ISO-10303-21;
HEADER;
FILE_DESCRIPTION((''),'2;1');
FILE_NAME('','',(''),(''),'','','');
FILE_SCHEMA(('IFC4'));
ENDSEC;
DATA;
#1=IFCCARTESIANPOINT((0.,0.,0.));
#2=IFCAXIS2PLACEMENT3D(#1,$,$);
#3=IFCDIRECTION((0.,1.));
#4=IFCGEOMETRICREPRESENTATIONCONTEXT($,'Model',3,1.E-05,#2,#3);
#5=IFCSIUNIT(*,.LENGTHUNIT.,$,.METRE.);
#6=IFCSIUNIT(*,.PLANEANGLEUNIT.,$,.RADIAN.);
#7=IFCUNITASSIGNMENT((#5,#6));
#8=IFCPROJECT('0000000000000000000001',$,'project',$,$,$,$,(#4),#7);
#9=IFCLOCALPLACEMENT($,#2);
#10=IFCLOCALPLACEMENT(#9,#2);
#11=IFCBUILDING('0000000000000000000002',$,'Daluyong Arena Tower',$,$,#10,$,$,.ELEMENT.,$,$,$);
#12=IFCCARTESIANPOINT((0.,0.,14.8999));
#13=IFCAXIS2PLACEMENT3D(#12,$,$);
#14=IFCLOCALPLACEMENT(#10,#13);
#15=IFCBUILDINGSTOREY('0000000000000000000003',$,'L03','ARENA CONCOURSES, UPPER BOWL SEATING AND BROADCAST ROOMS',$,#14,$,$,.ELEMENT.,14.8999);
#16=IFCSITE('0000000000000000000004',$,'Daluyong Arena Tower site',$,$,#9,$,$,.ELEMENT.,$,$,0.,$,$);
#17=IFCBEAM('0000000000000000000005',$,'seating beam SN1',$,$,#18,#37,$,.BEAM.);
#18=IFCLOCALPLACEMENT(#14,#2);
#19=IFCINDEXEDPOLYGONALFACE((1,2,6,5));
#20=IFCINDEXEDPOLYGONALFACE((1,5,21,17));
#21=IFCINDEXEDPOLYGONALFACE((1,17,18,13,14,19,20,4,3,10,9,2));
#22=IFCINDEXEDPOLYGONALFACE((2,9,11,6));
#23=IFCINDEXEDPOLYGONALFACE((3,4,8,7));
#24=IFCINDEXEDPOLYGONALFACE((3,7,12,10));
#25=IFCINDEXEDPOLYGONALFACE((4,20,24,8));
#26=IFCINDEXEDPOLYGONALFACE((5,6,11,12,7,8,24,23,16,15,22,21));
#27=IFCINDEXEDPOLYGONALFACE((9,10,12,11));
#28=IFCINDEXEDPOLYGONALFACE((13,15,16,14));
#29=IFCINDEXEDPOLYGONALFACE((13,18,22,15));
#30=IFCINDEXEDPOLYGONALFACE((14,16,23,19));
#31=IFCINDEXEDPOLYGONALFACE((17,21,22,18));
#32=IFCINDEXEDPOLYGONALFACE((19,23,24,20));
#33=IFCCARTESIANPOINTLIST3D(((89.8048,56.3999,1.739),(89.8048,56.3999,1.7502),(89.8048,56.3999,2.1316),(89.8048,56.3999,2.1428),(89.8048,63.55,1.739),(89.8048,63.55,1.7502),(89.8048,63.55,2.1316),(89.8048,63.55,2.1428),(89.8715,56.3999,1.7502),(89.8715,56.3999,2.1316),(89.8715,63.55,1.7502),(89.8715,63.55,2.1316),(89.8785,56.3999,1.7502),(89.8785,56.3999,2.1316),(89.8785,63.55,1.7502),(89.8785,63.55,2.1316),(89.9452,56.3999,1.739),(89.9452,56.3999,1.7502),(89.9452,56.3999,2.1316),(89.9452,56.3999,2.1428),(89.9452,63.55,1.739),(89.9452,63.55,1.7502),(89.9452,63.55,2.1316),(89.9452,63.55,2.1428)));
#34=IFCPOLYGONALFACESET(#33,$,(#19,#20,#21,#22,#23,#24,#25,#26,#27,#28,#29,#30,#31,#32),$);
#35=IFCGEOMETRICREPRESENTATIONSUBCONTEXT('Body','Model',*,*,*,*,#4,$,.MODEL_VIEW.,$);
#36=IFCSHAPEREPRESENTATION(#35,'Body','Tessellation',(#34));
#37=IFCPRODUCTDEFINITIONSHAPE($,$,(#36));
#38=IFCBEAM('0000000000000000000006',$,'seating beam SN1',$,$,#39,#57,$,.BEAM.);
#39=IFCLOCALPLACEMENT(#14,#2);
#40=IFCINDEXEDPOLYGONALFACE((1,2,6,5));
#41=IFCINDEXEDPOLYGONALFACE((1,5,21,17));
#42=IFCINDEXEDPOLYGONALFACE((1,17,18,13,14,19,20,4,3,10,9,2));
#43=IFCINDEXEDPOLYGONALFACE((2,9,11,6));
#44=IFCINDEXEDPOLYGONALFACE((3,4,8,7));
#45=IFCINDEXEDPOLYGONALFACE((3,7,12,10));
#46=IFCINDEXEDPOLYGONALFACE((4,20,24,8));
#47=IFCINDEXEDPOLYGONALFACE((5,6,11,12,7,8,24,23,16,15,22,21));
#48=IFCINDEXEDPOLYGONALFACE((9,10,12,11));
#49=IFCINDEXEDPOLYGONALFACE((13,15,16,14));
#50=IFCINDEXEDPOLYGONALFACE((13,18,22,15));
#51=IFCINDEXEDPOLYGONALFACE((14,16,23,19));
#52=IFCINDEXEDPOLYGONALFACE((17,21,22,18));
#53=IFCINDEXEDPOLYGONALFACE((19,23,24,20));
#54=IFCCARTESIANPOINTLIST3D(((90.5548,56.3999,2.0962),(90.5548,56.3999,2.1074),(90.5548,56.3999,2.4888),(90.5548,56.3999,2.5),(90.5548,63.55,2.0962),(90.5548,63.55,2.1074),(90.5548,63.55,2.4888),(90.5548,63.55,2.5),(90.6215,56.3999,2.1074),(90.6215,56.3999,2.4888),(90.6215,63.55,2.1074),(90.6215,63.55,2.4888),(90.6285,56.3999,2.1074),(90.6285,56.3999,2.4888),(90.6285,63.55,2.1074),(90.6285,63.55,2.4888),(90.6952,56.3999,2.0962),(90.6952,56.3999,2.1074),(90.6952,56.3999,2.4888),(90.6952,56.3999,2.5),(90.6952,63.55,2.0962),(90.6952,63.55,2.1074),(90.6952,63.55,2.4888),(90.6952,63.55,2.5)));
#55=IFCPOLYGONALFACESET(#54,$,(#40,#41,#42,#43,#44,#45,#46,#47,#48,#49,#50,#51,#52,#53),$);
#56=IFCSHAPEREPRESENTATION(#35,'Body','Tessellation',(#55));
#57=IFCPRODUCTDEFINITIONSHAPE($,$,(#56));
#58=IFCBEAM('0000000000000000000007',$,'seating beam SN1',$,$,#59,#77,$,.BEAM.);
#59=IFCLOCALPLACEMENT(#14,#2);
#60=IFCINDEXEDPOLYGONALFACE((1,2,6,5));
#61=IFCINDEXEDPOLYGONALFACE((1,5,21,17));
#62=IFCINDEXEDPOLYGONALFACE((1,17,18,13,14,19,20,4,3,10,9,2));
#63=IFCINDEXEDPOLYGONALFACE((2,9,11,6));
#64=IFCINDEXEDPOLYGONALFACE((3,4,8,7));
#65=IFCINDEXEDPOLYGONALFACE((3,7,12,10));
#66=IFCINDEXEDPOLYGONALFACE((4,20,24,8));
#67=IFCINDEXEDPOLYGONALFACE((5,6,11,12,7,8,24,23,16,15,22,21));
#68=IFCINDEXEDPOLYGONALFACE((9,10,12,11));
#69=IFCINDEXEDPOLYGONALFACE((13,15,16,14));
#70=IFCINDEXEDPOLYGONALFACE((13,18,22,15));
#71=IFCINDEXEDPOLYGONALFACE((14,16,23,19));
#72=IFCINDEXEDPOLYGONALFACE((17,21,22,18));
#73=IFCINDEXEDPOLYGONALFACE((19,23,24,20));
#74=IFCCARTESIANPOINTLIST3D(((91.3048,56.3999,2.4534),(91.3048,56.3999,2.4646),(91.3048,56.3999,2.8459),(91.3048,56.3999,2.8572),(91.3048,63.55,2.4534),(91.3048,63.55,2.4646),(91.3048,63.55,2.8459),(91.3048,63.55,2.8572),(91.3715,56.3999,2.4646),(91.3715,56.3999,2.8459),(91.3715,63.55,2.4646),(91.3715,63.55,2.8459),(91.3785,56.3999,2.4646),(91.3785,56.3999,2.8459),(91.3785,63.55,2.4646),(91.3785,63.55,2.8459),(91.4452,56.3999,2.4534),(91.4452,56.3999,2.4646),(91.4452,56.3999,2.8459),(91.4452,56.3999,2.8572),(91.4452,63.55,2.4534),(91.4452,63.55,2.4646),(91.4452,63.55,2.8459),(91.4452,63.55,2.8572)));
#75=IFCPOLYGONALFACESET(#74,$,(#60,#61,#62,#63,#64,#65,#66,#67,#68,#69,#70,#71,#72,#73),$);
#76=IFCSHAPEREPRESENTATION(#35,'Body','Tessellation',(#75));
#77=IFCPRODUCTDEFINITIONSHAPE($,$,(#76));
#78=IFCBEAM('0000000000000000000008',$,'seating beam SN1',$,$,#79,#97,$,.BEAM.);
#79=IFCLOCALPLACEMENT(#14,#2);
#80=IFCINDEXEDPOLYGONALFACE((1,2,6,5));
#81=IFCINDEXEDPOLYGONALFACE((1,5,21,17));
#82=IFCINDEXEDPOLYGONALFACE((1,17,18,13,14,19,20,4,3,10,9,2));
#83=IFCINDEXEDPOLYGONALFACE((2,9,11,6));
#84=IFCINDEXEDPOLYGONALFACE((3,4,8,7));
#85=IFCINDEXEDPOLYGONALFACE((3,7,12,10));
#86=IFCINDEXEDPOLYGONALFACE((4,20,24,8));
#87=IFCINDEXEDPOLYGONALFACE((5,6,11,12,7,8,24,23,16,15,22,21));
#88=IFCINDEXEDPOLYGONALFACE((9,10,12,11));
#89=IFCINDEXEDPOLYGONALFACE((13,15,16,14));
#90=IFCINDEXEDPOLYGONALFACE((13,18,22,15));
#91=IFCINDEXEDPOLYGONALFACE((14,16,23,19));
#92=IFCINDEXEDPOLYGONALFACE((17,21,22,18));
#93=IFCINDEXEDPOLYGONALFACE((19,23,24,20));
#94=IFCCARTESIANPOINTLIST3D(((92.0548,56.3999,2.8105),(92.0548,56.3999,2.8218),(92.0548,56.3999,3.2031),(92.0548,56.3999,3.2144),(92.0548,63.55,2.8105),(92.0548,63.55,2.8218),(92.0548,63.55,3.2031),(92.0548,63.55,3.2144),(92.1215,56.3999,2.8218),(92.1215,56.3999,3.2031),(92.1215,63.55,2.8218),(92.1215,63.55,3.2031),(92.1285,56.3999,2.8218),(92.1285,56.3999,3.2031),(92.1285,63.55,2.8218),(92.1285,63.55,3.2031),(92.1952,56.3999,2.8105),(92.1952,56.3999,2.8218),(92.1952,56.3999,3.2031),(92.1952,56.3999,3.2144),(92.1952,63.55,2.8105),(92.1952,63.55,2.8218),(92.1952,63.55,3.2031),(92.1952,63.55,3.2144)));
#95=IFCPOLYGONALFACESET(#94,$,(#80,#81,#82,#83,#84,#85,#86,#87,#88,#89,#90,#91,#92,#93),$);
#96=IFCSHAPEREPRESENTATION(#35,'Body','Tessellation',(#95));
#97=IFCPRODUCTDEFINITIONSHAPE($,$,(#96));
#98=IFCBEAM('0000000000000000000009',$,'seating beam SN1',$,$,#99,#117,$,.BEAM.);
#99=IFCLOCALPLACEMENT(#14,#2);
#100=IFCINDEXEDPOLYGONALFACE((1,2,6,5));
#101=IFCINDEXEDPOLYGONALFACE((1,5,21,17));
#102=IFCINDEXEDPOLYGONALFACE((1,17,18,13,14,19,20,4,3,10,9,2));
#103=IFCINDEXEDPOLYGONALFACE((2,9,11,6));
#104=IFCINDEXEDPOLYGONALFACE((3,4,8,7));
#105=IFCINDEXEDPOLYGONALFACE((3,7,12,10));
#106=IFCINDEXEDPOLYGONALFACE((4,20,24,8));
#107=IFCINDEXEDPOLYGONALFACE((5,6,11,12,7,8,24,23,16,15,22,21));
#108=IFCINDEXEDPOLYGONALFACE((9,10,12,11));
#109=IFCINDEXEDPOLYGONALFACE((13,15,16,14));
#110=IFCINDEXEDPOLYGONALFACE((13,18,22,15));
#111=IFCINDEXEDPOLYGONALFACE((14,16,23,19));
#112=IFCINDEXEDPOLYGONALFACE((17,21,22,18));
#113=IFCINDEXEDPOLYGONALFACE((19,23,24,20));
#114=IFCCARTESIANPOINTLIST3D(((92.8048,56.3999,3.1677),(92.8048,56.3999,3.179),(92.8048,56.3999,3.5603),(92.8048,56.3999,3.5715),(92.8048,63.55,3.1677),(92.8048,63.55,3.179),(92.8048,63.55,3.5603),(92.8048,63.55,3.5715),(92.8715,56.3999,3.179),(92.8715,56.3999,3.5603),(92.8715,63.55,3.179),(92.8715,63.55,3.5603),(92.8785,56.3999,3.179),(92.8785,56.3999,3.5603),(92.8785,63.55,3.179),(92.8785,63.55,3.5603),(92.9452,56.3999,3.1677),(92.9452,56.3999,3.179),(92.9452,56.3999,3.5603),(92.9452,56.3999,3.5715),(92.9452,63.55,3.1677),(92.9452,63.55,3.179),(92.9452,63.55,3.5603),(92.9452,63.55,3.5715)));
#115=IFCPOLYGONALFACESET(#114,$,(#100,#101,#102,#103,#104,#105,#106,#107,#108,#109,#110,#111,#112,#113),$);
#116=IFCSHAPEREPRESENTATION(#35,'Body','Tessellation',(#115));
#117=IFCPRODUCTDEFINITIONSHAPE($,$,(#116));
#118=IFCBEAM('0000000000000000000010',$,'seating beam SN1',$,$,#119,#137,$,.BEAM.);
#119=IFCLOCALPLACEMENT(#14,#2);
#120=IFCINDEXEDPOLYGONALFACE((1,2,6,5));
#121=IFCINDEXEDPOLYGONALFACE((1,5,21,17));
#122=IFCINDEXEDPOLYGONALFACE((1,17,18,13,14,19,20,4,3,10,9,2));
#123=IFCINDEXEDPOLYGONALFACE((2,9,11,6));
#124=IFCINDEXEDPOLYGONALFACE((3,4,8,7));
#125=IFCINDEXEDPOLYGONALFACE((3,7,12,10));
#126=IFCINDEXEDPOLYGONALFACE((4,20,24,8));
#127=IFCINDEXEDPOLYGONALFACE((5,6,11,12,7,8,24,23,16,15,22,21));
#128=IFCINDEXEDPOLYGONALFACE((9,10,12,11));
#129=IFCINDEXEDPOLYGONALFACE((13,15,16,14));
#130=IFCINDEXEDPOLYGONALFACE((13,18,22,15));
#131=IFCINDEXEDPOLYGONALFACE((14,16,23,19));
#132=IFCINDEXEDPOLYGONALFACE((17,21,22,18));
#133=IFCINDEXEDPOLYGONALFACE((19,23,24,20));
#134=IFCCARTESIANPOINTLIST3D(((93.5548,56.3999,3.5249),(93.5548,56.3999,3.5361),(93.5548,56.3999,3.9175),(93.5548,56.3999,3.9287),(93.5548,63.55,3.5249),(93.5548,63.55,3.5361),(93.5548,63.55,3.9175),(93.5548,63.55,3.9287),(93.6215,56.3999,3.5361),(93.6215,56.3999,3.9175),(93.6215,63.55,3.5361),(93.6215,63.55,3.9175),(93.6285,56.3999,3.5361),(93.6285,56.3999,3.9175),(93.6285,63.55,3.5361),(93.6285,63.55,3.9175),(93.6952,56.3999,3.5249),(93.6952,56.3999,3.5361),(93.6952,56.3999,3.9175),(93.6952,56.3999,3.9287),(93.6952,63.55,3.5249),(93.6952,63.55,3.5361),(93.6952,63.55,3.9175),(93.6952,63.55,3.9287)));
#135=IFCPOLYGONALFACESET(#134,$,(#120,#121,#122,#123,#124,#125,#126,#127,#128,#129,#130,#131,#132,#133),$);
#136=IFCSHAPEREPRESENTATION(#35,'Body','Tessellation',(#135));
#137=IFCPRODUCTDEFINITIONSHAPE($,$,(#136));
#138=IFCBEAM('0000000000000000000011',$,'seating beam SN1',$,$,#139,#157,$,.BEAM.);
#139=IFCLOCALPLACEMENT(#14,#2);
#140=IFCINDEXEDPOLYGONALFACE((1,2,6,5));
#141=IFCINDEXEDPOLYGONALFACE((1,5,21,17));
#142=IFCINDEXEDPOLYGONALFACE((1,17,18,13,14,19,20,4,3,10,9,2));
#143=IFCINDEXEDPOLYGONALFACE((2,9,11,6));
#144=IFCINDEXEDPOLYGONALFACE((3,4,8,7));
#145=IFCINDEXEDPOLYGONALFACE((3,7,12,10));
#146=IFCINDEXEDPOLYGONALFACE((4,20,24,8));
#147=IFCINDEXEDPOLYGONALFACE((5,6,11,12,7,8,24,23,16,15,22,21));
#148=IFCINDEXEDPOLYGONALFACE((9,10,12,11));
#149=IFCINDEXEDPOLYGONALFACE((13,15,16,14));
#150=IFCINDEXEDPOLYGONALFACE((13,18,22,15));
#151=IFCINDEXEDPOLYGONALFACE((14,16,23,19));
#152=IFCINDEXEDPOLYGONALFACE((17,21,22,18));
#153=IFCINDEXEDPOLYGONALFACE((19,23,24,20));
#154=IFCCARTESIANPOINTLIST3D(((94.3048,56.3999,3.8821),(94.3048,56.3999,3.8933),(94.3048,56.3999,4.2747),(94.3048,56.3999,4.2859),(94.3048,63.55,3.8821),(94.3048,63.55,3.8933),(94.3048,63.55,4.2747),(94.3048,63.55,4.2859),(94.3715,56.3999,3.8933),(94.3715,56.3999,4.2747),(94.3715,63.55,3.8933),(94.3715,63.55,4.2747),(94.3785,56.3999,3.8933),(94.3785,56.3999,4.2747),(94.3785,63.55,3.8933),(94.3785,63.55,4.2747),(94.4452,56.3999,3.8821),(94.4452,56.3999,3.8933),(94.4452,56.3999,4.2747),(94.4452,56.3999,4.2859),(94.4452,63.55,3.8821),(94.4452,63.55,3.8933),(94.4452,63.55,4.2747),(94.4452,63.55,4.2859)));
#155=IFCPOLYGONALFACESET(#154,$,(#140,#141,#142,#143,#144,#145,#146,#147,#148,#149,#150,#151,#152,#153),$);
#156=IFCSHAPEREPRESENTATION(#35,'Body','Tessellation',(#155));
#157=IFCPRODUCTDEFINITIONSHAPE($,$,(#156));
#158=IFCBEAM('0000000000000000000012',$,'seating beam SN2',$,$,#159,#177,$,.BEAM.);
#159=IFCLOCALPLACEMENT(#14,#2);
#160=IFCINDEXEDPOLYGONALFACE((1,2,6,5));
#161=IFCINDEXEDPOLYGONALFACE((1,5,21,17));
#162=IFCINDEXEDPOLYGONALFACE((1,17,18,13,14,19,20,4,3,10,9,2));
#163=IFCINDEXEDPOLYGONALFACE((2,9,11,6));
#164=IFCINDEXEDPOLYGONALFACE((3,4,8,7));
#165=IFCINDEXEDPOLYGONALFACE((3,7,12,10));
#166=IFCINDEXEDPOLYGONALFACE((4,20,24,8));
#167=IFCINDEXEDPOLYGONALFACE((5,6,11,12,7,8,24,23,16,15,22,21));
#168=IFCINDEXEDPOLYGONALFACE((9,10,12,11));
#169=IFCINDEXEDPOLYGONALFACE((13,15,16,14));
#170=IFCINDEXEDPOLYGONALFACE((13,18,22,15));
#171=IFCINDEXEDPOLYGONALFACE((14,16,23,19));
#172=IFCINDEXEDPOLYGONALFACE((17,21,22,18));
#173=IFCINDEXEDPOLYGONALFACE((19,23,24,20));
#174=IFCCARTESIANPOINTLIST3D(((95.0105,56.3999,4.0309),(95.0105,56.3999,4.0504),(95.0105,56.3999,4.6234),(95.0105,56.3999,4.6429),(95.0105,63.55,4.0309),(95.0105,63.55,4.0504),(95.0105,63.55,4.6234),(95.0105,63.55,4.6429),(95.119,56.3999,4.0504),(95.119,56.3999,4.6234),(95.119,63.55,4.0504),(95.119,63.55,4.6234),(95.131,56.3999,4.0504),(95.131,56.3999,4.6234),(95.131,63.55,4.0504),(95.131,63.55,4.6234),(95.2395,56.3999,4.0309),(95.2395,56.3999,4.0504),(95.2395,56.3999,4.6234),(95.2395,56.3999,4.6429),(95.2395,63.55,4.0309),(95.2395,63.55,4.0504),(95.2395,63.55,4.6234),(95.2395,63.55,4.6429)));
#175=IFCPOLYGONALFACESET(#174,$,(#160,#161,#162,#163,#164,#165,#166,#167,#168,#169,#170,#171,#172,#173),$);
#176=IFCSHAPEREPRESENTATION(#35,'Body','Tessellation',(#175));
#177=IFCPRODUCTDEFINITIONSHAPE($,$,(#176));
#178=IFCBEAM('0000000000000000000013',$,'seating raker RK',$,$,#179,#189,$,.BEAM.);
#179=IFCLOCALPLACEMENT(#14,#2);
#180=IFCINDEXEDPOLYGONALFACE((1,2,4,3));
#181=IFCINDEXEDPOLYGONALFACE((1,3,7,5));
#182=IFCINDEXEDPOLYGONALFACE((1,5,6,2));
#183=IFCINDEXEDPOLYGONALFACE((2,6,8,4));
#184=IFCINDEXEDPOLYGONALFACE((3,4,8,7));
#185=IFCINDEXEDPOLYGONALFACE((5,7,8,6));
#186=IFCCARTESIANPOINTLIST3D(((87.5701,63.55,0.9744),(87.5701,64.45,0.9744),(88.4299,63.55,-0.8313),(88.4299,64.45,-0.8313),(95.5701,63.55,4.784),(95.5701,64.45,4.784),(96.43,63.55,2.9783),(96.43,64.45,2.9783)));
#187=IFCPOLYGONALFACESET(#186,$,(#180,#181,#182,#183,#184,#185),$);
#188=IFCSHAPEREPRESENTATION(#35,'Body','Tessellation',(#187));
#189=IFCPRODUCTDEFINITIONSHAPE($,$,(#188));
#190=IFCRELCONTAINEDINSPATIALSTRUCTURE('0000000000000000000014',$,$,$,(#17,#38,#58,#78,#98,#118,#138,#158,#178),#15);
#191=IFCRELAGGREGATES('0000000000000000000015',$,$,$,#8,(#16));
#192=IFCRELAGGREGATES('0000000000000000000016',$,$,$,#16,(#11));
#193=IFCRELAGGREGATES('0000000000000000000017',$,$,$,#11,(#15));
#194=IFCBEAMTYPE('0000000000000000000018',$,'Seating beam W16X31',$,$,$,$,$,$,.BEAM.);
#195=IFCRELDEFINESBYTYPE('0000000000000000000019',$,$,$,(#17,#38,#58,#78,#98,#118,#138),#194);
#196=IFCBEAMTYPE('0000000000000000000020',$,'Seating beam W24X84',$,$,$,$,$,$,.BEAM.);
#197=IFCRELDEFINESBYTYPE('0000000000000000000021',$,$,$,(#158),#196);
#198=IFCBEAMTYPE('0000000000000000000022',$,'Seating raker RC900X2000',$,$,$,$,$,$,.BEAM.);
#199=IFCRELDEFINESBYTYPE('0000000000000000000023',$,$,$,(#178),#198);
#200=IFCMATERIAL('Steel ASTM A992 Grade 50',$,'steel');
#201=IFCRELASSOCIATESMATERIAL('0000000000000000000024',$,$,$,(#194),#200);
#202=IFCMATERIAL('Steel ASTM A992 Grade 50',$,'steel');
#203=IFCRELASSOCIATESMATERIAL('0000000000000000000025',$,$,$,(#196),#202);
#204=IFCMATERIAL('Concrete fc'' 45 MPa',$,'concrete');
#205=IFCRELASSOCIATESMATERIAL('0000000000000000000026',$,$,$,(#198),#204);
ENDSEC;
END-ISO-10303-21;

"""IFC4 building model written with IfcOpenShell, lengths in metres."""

from ifc_helpers import new_model, si_unit, direction, frame, origin, origin_2d, place, context, subcontext, project, spatial, rectangle, i_section, extrude, material, material_profile, profile_set, type_object, element, save


model = new_model("IFC4")

# Units and contexts
model_context = context("Model", 3, precision=1e-05, world=origin(), true_north=direction((0.0, 1.0)))
body_context = subcontext(model_context, "Body", "Model", "MODEL_VIEW")
ifc_project = project(units=[si_unit("LENGTHUNIT", "METRE"), si_unit("PLANEANGLEUNIT", "RADIAN")], contexts=[model_context])

# Site, building, storey
site_placement = place(None, origin())
site = spatial("IfcSite", under=ifc_project, at=site_placement, Name="Daluyong Arena Tower site", CompositionType="ELEMENT", RefElevation=0.0)
building_placement = place(site_placement, origin())
building = spatial("IfcBuilding", under=site, at=building_placement, Name="Daluyong Arena Tower", CompositionType="ELEMENT")
storey_placement = place(building_placement, frame((0.0, 0.0, 14.8999)))
storey = spatial("IfcBuildingStorey", under=building, at=storey_placement, Name="L03", Description="ARENA CONCOURSES, UPPER BOWL SEATING AND BROADCAST ROOMS", CompositionType="ELEMENT", Elevation=14.8999)

# Beams
ifc_material_1 = material(Name="Steel ASTM A992 Grade 50", Category="steel")
ifc_material_profile_1 = material_profile(ifc_material_1, i_section(OverallWidth=0.1404, OverallDepth=0.4038, WebThickness=0.0071, FlangeThickness=0.0112, at=origin_2d()))
ifc_profile_set_1 = profile_set([ifc_material_profile_1], Name="Steel ASTM A992 Grade 50")
beam_type_1 = type_object("IfcBeamType", Name="Seating beam W16X31", PredefinedType="BEAM", material=ifc_profile_set_1)
for number, where, z_axis, x_axis, name in (
    (1, (89.875, 56.3999, 1.9409), (0.0, 1.0, 0.0), (-1.0, 0.0, 0.0), "seating beam SN1"),
    (2, (90.625, 56.3999, 2.2981), (0.0, 1.0, 0.0), (-1.0, 0.0, 0.0), "seating beam SN1"),
    (3, (91.375, 56.3999, 2.6553), (0.0, 1.0, 0.0), (-1.0, 0.0, 0.0), "seating beam SN1"),
    (4, (92.125, 56.3999, 3.0125), (0.0, 1.0, 0.0), (-1.0, 0.0, 0.0), "seating beam SN1"),
    (5, (92.875, 56.3999, 3.3696), (0.0, 1.0, 0.0), (-1.0, 0.0, 0.0), "seating beam SN1"),
    (6, (93.625, 56.3999, 3.7268), (0.0, 1.0, 0.0), (-1.0, 0.0, 0.0), "seating beam SN1"),
    (7, (94.375, 56.3999, 4.084), (0.0, 1.0, 0.0), (-1.0, 0.0, 0.0), "seating beam SN1"),
):
    element("IfcBeam", number, at=place(storey_placement, frame(where, z_axis=z_axis, x_axis=x_axis)), inside=storey, type_object=beam_type_1, Name=name, PredefinedType="BEAM", context=body_context, shape_type="SweptSolid", body=[
        extrude(i_section(OverallWidth=0.1404, OverallDepth=0.4038, WebThickness=0.0071, FlangeThickness=0.0112, at=origin_2d()), origin(), (0.0, 0.0, 1.0), 7.1501),
    ])
ifc_material_2 = material(Name="Steel ASTM A992 Grade 50", Category="steel")
ifc_material_profile_2 = material_profile(ifc_material_2, i_section(OverallWidth=0.229, OverallDepth=0.6121, WebThickness=0.012, FlangeThickness=0.0195, at=origin_2d()))
ifc_profile_set_2 = profile_set([ifc_material_profile_2], Name="Steel ASTM A992 Grade 50")
beam_type_2 = type_object("IfcBeamType", Name="Seating beam W24X84", PredefinedType="BEAM", material=ifc_profile_set_2)
beam_1_placement = place(storey_placement, frame((95.125, 56.3999, 4.3369), z_axis=(0.0, 1.0, 0.0), x_axis=(-1.0, 0.0, 0.0)))
element("IfcBeam", 8, at=beam_1_placement, inside=storey, type_object=beam_type_2, Name="seating beam SN2", PredefinedType="BEAM", context=body_context, shape_type="SweptSolid", body=[
    extrude(i_section(OverallWidth=0.229, OverallDepth=0.6121, WebThickness=0.012, FlangeThickness=0.0195, at=origin_2d()), origin(), (0.0, 0.0, 1.0), 7.1501),
])
ifc_material_3 = material(Name="Concrete fc' 45 MPa", Category="concrete")
ifc_material_profile_3 = material_profile(ifc_material_3, rectangle(XDim=0.8999, YDim=2.0, at=origin_2d()))
ifc_profile_set_3 = profile_set([ifc_material_profile_3], Name="Concrete fc' 45 MPa")
beam_type_3 = type_object("IfcBeamType", Name="Seating raker RC900X2000", PredefinedType="BEAM", material=ifc_profile_set_3)
beam_2_placement = place(storey_placement, frame((88.0, 64.0, 0.0715), z_axis=(0.902858, 0.0, 0.429938), x_axis=(0.0, 1.0, 0.0)))
element("IfcBeam", 9, at=beam_2_placement, inside=storey, type_object=beam_type_3, Name="seating raker RK", PredefinedType="BEAM", context=body_context, shape_type="SweptSolid", body=[
    extrude(rectangle(XDim=0.8999, YDim=2.0, at=origin_2d()), origin(), (0.0, 0.0, 1.0), 8.8608),
])

save(model, "model.ifc")
